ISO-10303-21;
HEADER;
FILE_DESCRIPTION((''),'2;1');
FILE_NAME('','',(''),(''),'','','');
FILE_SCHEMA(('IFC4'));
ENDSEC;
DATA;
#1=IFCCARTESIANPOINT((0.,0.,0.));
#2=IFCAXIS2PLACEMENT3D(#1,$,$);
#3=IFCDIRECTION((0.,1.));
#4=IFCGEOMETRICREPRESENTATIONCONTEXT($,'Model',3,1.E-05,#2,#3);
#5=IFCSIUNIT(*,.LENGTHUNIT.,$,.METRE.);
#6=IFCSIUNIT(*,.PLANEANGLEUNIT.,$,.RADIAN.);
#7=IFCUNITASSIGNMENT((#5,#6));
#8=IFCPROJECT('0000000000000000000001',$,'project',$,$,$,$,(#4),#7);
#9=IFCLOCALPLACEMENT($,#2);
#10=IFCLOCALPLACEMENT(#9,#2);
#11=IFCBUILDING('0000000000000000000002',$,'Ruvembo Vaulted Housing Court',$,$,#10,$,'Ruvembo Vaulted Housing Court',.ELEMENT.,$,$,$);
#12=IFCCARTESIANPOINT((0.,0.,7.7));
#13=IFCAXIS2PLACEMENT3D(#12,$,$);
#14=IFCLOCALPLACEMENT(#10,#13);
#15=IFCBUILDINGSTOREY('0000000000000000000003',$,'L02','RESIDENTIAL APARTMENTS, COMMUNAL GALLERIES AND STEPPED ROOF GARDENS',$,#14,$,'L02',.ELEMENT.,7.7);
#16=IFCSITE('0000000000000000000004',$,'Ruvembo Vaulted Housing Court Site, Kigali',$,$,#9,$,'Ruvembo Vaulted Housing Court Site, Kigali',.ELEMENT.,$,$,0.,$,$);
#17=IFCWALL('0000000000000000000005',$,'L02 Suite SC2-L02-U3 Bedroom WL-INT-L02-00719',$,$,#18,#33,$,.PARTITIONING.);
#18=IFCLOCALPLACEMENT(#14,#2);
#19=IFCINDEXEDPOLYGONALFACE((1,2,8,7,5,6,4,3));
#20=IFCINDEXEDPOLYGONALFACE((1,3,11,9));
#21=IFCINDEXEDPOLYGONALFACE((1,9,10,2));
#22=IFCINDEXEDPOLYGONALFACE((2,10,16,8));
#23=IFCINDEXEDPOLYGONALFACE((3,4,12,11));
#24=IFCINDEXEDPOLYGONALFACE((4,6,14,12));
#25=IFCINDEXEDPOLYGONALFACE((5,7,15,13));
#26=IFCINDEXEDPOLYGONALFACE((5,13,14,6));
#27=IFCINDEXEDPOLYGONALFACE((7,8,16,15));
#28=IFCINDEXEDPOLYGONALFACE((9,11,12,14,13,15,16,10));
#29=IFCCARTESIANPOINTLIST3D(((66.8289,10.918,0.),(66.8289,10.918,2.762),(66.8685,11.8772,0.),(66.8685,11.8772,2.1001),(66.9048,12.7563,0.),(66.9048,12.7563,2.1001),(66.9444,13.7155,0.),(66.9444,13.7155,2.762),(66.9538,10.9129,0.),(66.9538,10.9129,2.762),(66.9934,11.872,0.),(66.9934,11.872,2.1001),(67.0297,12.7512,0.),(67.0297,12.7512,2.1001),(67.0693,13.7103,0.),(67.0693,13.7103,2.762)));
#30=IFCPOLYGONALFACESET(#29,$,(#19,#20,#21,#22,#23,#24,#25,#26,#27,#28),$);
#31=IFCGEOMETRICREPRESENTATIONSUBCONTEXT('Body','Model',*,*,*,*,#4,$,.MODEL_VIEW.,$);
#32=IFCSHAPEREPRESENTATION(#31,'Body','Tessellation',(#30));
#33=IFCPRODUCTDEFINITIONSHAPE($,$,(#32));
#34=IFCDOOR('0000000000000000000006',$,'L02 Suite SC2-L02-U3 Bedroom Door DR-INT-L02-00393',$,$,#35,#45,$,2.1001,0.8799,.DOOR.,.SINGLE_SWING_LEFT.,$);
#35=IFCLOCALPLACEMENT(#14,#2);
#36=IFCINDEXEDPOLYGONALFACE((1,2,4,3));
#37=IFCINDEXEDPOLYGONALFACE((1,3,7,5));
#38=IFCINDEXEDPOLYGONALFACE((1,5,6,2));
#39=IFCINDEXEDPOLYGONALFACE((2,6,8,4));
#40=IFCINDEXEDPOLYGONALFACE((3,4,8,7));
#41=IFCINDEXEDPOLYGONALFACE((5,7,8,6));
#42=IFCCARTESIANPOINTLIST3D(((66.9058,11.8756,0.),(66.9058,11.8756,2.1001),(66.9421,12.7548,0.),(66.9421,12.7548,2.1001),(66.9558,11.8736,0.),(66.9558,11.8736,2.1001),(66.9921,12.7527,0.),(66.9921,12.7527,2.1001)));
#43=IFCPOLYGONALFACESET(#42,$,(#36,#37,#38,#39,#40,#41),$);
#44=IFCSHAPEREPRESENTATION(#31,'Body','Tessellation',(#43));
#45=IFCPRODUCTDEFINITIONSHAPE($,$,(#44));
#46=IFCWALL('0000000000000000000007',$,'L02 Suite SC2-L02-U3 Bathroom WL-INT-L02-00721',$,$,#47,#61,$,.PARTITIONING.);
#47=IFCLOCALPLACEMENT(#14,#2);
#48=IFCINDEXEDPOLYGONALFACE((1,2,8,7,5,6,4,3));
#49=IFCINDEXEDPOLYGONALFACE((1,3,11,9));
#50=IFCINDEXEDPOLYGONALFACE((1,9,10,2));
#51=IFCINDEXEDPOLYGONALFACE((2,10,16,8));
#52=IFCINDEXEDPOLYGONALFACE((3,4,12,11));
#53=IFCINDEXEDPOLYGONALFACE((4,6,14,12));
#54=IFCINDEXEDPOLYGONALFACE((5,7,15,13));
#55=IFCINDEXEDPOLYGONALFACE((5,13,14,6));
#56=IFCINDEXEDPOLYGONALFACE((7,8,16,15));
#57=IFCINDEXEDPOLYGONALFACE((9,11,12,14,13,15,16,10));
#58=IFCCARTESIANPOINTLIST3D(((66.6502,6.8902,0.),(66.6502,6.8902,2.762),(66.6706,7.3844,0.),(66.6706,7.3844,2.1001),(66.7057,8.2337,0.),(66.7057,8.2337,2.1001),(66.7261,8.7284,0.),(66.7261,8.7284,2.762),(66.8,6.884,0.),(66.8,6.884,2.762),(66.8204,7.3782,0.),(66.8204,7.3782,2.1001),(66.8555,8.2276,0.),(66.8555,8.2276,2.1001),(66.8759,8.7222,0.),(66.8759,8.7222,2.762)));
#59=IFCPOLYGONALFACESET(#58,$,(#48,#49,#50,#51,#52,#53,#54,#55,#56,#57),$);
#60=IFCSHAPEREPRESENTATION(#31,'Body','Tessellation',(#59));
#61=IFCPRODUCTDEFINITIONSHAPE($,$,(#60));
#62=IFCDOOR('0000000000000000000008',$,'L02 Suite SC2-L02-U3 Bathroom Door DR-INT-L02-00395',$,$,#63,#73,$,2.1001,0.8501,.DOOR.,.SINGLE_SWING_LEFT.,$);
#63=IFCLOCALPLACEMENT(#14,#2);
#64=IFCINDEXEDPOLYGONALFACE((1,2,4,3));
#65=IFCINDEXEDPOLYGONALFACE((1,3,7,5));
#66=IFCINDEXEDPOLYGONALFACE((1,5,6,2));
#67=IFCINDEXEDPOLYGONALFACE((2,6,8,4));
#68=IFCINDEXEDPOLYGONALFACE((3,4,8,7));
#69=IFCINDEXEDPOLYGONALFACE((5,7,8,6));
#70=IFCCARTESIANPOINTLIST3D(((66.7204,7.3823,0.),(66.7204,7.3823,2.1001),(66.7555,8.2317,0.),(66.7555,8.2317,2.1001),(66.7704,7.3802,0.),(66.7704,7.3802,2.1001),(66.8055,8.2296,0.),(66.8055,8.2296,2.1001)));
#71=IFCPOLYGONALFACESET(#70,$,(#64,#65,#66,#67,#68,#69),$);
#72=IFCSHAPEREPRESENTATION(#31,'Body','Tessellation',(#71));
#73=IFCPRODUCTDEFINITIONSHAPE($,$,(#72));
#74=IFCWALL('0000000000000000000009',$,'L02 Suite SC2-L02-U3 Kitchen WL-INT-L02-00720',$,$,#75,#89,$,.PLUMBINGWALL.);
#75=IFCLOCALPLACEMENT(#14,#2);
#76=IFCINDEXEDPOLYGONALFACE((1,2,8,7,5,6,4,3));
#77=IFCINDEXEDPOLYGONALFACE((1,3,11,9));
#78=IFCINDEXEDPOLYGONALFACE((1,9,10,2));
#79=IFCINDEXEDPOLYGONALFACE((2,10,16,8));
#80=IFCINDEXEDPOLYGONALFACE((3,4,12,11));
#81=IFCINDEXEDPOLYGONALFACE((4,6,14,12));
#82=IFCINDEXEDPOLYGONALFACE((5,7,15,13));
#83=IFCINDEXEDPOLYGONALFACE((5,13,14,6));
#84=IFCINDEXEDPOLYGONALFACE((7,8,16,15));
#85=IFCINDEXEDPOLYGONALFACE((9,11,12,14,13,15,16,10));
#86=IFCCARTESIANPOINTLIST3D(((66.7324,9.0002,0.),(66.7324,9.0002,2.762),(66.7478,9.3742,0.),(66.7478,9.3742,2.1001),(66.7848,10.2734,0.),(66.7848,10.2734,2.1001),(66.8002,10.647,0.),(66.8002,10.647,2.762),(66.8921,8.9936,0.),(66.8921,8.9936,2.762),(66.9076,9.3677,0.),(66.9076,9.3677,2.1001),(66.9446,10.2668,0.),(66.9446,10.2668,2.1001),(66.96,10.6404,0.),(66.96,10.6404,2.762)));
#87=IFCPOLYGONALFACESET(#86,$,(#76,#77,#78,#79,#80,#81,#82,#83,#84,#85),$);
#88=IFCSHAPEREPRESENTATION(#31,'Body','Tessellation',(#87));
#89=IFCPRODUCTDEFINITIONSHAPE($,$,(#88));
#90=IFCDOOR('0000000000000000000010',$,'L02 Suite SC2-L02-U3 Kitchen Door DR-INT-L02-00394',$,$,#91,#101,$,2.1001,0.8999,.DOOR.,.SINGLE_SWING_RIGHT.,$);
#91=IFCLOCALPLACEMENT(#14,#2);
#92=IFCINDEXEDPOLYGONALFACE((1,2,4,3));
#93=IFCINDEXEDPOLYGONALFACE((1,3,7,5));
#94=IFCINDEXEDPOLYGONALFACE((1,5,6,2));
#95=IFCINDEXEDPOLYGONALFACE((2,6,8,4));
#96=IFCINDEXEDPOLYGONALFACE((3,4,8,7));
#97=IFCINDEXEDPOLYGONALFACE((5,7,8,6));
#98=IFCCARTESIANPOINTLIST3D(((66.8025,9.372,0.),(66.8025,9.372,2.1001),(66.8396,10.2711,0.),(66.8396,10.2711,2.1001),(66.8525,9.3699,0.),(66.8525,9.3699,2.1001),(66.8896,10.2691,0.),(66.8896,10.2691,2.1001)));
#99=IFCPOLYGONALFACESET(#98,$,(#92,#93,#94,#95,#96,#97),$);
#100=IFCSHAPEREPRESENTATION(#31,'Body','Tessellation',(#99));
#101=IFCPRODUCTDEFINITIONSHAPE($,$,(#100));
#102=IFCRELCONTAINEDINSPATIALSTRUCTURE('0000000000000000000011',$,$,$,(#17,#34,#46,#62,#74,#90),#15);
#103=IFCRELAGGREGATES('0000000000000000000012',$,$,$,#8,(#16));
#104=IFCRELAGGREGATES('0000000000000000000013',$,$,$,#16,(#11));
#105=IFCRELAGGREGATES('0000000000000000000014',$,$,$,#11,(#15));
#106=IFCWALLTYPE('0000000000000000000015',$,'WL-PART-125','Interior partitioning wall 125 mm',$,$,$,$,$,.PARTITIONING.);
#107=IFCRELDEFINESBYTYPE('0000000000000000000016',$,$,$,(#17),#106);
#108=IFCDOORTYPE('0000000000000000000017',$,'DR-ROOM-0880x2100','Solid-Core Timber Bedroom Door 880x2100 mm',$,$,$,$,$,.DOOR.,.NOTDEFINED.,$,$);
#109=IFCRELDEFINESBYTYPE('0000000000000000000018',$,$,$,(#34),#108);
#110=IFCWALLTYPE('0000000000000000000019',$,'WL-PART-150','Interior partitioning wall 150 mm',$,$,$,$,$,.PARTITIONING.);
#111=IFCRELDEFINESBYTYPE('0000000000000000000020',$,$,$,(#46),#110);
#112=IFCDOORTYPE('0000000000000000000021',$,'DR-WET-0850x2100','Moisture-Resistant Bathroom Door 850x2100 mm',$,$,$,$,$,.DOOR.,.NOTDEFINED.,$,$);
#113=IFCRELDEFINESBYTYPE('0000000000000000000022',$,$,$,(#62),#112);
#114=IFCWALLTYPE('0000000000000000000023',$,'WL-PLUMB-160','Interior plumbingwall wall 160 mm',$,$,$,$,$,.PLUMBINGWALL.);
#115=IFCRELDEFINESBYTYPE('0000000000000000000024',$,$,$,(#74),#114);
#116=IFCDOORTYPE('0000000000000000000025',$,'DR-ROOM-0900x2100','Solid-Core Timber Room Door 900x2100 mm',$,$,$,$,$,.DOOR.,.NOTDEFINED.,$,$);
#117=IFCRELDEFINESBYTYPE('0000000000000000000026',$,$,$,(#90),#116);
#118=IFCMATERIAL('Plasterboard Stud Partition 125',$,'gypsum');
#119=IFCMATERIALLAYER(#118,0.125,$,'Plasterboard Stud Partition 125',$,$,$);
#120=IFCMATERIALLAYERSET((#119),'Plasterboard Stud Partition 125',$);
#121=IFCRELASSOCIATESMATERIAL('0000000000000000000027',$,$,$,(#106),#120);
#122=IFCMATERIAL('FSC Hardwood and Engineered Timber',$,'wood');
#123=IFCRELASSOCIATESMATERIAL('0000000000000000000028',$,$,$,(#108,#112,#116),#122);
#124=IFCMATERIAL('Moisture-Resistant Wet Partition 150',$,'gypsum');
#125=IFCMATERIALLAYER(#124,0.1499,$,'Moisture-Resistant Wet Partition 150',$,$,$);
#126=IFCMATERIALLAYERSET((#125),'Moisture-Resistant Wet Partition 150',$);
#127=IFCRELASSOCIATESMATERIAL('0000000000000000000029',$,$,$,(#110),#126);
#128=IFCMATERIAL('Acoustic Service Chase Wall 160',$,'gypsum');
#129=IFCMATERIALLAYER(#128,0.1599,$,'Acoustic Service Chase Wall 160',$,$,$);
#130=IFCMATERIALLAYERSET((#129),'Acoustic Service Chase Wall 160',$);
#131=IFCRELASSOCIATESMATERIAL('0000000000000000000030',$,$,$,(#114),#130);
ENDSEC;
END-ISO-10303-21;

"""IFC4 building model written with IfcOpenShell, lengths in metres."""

from ifc_helpers import new_model, si_unit, direction, frame, frame_2d, origin, place, context, subcontext, project, spatial, rectangle, extrude, material, layer, layer_set, type_object, element, fill, save


model = new_model("IFC4")

# Units and contexts
model_context = context("Model", 3, precision=1e-05, world=origin(), true_north=direction((0.0, 1.0)))
body_context = subcontext(model_context, "Body", "Model", "MODEL_VIEW")
ifc_project = project(units=[si_unit("LENGTHUNIT", "METRE"), si_unit("PLANEANGLEUNIT", "RADIAN")], contexts=[model_context])

# Site, building, storey
site_placement = place(None, origin())
site = spatial("IfcSite", under=ifc_project, at=site_placement, Name="Ruvembo Vaulted Housing Court Site, Kigali", LongName="Ruvembo Vaulted Housing Court Site, Kigali", CompositionType="ELEMENT", RefElevation=0.0)
building_placement = place(site_placement, origin())
building = spatial("IfcBuilding", under=site, at=building_placement, Name="Ruvembo Vaulted Housing Court", LongName="Ruvembo Vaulted Housing Court", CompositionType="ELEMENT")
storey_placement = place(building_placement, frame((0.0, 0.0, 7.7)))
storey = spatial("IfcBuildingStorey", under=building, at=storey_placement, Name="L02", Description="RESIDENTIAL APARTMENTS, COMMUNAL GALLERIES AND STEPPED ROOF GARDENS", LongName="L02", CompositionType="ELEMENT", Elevation=7.7)

# Shared definitions
ifc_material_1 = material(Name="FSC Hardwood and Engineered Timber", Category="wood")

# Walls, openings, doors
ifc_material_2 = material(Name="Plasterboard Stud Partition 125", Category="gypsum")
ifc_layer_1 = layer(ifc_material_2, 0.125, Name="Plasterboard Stud Partition 125")
ifc_layer_set_1 = layer_set([ifc_layer_1], Name="Plasterboard Stud Partition 125")
wall_type_1 = type_object("IfcWallType", Name="WL-PART-125", Description="Interior partitioning wall 125 mm", PredefinedType="PARTITIONING", material=ifc_layer_set_1)
wall_1_placement = place(storey_placement, frame((67.0068, 13.7129, 0.0), z_axis=(0.0, 0.0, 1.0), x_axis=(-0.041246, -0.999149, 0.0)))
wall_1 = element("IfcWall", 1, at=wall_1_placement, inside=storey, type_object=wall_type_1, Name="L02 Suite SC2-L02-U3 Bedroom WL-INT-L02-00719", PredefinedType="PARTITIONING", context=body_context, shape_type="SweptSolid", body=[
    extrude(rectangle(XDim=2.7998, YDim=0.125, at=frame_2d((1.3999, 0.0))), origin(), (0.0, 0.0, 1.0), 2.762),
])
opening_1_placement = place(wall_1_placement, frame((0.96, 0.0, 0.0)))
opening_1 = element("IfcOpeningElement", 2, at=opening_1_placement, cuts=wall_1, PredefinedType="OPENING", context=body_context, shape_type="SweptSolid", body=[
    extrude(rectangle(XDim=0.8799, YDim=2.1001, at=frame_2d((0.4399, 1.05))), frame((0.0, 0.0725, 0.0), z_axis=(0.0, -1.0, 0.0), x_axis=(1.0, 0.0, 0.0)), (0.0, 0.0, 1.0), 0.145),
])
door_type_1 = type_object("IfcDoorType", Name="DR-ROOM-0880x2100", Description="Solid-Core Timber Bedroom Door 880x2100 mm", OperationType="NOTDEFINED", PredefinedType="DOOR", material=ifc_material_1)
door_1_placement = place(opening_1_placement, origin())
door_1 = element("IfcDoor", 3, at=door_1_placement, inside=storey, type_object=door_type_1, Name="L02 Suite SC2-L02-U3 Bedroom Door DR-INT-L02-00393", OperationType="SINGLE_SWING_LEFT", OverallHeight=2.1001, OverallWidth=0.8799, PredefinedType="DOOR", context=body_context, shape_type="SweptSolid", body=[
    extrude(rectangle(XDim=0.8799, YDim=2.1001, at=frame_2d((0.4399, 1.05))), frame((0.0, 0.0249, 0.0), z_axis=(0.0, -1.0, 0.0), x_axis=(1.0, 0.0, 0.0)), (0.0, 0.0, 1.0), 0.05),
])
fill(opening_1, door_1)
ifc_material_3 = material(Name="Moisture-Resistant Wet Partition 150", Category="gypsum")
ifc_layer_2 = layer(ifc_material_3, 0.1499, Name="Moisture-Resistant Wet Partition 150")
ifc_layer_set_2 = layer_set([ifc_layer_2], Name="Moisture-Resistant Wet Partition 150")
wall_type_2 = type_object("IfcWallType", Name="WL-PART-150", Description="Interior partitioning wall 150 mm", PredefinedType="PARTITIONING", material=ifc_layer_set_2)
wall_2_placement = place(storey_placement, frame((66.801, 8.7253, 0.0), z_axis=(0.0, 0.0, 1.0), x_axis=(-0.041266, -0.999148, 0.0)))
wall_2 = element("IfcWall", 4, at=wall_2_placement, inside=storey, type_object=wall_type_2, Name="L02 Suite SC2-L02-U3 Bathroom WL-INT-L02-00721", PredefinedType="PARTITIONING", context=body_context, shape_type="SweptSolid", body=[
    extrude(rectangle(XDim=1.8398, YDim=0.1499, at=frame_2d((0.9199, 0.0))), origin(), (0.0, 0.0, 1.0), 2.762),
])
opening_2_placement = place(wall_2_placement, frame((0.4951, 0.0, 0.0)))
opening_2 = element("IfcOpeningElement", 5, at=opening_2_placement, cuts=wall_2, PredefinedType="OPENING", context=body_context, shape_type="SweptSolid", body=[
    extrude(rectangle(XDim=0.8501, YDim=2.1001, at=frame_2d((0.425, 1.05))), frame((0.0, 0.085, 0.0), z_axis=(0.0, -1.0, 0.0), x_axis=(1.0, 0.0, 0.0)), (0.0, 0.0, 1.0), 0.1699),
])
door_type_2 = type_object("IfcDoorType", Name="DR-WET-0850x2100", Description="Moisture-Resistant Bathroom Door 850x2100 mm", OperationType="NOTDEFINED", PredefinedType="DOOR", material=ifc_material_1)
door_2_placement = place(opening_2_placement, origin())
door_2 = element("IfcDoor", 6, at=door_2_placement, inside=storey, type_object=door_type_2, Name="L02 Suite SC2-L02-U3 Bathroom Door DR-INT-L02-00395", OperationType="SINGLE_SWING_LEFT", OverallHeight=2.1001, OverallWidth=0.8501, PredefinedType="DOOR", context=body_context, shape_type="SweptSolid", body=[
    extrude(rectangle(XDim=0.8501, YDim=2.1001, at=frame_2d((0.425, 1.05))), frame((0.0, 0.0249, 0.0), z_axis=(0.0, -1.0, 0.0), x_axis=(1.0, 0.0, 0.0)), (0.0, 0.0, 1.0), 0.05),
])
fill(opening_2, door_2)
ifc_material_4 = material(Name="Acoustic Service Chase Wall 160", Category="gypsum")
ifc_layer_3 = layer(ifc_material_4, 0.1599, Name="Acoustic Service Chase Wall 160")
ifc_layer_set_3 = layer_set([ifc_layer_3], Name="Acoustic Service Chase Wall 160")
wall_type_3 = type_object("IfcWallType", Name="WL-PLUMB-160", Description="Interior plumbingwall wall 160 mm", PredefinedType="PLUMBINGWALL", material=ifc_layer_set_3)
wall_3_placement = place(storey_placement, frame((66.8801, 10.6438, 0.0), z_axis=(0.0, 0.0, 1.0), x_axis=(-0.041181, -0.999152, 0.0)))
wall_3 = element("IfcWall", 7, at=wall_3_placement, inside=storey, type_object=wall_type_3, Name="L02 Suite SC2-L02-U3 Kitchen WL-INT-L02-00720", PredefinedType="PLUMBINGWALL", context=body_context, shape_type="SweptSolid", body=[
    extrude(rectangle(XDim=1.6482, YDim=0.1599, at=frame_2d((0.8242, 0.0))), origin(), (0.0, 0.0, 1.0), 2.762),
])
opening_3_placement = place(wall_3_placement, frame((0.374, 0.0, 0.0)))
opening_3 = element("IfcOpeningElement", 8, at=opening_3_placement, cuts=wall_3, PredefinedType="OPENING", context=body_context, shape_type="SweptSolid", body=[
    extrude(rectangle(XDim=0.8999, YDim=2.1001, at=frame_2d((0.45, 1.05))), frame((0.0, 0.0898, 0.0), z_axis=(0.0, -1.0, 0.0), x_axis=(1.0, 0.0, 0.0)), (0.0, 0.0, 1.0), 0.1799),
])
door_type_3 = type_object("IfcDoorType", Name="DR-ROOM-0900x2100", Description="Solid-Core Timber Room Door 900x2100 mm", OperationType="NOTDEFINED", PredefinedType="DOOR", material=ifc_material_1)
door_3_placement = place(opening_3_placement, origin())
door_3 = element("IfcDoor", 9, at=door_3_placement, inside=storey, type_object=door_type_3, Name="L02 Suite SC2-L02-U3 Kitchen Door DR-INT-L02-00394", OperationType="SINGLE_SWING_RIGHT", OverallHeight=2.1001, OverallWidth=0.8999, PredefinedType="DOOR", context=body_context, shape_type="SweptSolid", body=[
    extrude(rectangle(XDim=0.8999, YDim=2.1001, at=frame_2d((0.45, 1.05))), frame((0.0, 0.0249, 0.0), z_axis=(0.0, -1.0, 0.0), x_axis=(1.0, 0.0, 0.0)), (0.0, 0.0, 1.0), 0.05),
])
fill(opening_3, door_3)

save(model, "model.ifc")
